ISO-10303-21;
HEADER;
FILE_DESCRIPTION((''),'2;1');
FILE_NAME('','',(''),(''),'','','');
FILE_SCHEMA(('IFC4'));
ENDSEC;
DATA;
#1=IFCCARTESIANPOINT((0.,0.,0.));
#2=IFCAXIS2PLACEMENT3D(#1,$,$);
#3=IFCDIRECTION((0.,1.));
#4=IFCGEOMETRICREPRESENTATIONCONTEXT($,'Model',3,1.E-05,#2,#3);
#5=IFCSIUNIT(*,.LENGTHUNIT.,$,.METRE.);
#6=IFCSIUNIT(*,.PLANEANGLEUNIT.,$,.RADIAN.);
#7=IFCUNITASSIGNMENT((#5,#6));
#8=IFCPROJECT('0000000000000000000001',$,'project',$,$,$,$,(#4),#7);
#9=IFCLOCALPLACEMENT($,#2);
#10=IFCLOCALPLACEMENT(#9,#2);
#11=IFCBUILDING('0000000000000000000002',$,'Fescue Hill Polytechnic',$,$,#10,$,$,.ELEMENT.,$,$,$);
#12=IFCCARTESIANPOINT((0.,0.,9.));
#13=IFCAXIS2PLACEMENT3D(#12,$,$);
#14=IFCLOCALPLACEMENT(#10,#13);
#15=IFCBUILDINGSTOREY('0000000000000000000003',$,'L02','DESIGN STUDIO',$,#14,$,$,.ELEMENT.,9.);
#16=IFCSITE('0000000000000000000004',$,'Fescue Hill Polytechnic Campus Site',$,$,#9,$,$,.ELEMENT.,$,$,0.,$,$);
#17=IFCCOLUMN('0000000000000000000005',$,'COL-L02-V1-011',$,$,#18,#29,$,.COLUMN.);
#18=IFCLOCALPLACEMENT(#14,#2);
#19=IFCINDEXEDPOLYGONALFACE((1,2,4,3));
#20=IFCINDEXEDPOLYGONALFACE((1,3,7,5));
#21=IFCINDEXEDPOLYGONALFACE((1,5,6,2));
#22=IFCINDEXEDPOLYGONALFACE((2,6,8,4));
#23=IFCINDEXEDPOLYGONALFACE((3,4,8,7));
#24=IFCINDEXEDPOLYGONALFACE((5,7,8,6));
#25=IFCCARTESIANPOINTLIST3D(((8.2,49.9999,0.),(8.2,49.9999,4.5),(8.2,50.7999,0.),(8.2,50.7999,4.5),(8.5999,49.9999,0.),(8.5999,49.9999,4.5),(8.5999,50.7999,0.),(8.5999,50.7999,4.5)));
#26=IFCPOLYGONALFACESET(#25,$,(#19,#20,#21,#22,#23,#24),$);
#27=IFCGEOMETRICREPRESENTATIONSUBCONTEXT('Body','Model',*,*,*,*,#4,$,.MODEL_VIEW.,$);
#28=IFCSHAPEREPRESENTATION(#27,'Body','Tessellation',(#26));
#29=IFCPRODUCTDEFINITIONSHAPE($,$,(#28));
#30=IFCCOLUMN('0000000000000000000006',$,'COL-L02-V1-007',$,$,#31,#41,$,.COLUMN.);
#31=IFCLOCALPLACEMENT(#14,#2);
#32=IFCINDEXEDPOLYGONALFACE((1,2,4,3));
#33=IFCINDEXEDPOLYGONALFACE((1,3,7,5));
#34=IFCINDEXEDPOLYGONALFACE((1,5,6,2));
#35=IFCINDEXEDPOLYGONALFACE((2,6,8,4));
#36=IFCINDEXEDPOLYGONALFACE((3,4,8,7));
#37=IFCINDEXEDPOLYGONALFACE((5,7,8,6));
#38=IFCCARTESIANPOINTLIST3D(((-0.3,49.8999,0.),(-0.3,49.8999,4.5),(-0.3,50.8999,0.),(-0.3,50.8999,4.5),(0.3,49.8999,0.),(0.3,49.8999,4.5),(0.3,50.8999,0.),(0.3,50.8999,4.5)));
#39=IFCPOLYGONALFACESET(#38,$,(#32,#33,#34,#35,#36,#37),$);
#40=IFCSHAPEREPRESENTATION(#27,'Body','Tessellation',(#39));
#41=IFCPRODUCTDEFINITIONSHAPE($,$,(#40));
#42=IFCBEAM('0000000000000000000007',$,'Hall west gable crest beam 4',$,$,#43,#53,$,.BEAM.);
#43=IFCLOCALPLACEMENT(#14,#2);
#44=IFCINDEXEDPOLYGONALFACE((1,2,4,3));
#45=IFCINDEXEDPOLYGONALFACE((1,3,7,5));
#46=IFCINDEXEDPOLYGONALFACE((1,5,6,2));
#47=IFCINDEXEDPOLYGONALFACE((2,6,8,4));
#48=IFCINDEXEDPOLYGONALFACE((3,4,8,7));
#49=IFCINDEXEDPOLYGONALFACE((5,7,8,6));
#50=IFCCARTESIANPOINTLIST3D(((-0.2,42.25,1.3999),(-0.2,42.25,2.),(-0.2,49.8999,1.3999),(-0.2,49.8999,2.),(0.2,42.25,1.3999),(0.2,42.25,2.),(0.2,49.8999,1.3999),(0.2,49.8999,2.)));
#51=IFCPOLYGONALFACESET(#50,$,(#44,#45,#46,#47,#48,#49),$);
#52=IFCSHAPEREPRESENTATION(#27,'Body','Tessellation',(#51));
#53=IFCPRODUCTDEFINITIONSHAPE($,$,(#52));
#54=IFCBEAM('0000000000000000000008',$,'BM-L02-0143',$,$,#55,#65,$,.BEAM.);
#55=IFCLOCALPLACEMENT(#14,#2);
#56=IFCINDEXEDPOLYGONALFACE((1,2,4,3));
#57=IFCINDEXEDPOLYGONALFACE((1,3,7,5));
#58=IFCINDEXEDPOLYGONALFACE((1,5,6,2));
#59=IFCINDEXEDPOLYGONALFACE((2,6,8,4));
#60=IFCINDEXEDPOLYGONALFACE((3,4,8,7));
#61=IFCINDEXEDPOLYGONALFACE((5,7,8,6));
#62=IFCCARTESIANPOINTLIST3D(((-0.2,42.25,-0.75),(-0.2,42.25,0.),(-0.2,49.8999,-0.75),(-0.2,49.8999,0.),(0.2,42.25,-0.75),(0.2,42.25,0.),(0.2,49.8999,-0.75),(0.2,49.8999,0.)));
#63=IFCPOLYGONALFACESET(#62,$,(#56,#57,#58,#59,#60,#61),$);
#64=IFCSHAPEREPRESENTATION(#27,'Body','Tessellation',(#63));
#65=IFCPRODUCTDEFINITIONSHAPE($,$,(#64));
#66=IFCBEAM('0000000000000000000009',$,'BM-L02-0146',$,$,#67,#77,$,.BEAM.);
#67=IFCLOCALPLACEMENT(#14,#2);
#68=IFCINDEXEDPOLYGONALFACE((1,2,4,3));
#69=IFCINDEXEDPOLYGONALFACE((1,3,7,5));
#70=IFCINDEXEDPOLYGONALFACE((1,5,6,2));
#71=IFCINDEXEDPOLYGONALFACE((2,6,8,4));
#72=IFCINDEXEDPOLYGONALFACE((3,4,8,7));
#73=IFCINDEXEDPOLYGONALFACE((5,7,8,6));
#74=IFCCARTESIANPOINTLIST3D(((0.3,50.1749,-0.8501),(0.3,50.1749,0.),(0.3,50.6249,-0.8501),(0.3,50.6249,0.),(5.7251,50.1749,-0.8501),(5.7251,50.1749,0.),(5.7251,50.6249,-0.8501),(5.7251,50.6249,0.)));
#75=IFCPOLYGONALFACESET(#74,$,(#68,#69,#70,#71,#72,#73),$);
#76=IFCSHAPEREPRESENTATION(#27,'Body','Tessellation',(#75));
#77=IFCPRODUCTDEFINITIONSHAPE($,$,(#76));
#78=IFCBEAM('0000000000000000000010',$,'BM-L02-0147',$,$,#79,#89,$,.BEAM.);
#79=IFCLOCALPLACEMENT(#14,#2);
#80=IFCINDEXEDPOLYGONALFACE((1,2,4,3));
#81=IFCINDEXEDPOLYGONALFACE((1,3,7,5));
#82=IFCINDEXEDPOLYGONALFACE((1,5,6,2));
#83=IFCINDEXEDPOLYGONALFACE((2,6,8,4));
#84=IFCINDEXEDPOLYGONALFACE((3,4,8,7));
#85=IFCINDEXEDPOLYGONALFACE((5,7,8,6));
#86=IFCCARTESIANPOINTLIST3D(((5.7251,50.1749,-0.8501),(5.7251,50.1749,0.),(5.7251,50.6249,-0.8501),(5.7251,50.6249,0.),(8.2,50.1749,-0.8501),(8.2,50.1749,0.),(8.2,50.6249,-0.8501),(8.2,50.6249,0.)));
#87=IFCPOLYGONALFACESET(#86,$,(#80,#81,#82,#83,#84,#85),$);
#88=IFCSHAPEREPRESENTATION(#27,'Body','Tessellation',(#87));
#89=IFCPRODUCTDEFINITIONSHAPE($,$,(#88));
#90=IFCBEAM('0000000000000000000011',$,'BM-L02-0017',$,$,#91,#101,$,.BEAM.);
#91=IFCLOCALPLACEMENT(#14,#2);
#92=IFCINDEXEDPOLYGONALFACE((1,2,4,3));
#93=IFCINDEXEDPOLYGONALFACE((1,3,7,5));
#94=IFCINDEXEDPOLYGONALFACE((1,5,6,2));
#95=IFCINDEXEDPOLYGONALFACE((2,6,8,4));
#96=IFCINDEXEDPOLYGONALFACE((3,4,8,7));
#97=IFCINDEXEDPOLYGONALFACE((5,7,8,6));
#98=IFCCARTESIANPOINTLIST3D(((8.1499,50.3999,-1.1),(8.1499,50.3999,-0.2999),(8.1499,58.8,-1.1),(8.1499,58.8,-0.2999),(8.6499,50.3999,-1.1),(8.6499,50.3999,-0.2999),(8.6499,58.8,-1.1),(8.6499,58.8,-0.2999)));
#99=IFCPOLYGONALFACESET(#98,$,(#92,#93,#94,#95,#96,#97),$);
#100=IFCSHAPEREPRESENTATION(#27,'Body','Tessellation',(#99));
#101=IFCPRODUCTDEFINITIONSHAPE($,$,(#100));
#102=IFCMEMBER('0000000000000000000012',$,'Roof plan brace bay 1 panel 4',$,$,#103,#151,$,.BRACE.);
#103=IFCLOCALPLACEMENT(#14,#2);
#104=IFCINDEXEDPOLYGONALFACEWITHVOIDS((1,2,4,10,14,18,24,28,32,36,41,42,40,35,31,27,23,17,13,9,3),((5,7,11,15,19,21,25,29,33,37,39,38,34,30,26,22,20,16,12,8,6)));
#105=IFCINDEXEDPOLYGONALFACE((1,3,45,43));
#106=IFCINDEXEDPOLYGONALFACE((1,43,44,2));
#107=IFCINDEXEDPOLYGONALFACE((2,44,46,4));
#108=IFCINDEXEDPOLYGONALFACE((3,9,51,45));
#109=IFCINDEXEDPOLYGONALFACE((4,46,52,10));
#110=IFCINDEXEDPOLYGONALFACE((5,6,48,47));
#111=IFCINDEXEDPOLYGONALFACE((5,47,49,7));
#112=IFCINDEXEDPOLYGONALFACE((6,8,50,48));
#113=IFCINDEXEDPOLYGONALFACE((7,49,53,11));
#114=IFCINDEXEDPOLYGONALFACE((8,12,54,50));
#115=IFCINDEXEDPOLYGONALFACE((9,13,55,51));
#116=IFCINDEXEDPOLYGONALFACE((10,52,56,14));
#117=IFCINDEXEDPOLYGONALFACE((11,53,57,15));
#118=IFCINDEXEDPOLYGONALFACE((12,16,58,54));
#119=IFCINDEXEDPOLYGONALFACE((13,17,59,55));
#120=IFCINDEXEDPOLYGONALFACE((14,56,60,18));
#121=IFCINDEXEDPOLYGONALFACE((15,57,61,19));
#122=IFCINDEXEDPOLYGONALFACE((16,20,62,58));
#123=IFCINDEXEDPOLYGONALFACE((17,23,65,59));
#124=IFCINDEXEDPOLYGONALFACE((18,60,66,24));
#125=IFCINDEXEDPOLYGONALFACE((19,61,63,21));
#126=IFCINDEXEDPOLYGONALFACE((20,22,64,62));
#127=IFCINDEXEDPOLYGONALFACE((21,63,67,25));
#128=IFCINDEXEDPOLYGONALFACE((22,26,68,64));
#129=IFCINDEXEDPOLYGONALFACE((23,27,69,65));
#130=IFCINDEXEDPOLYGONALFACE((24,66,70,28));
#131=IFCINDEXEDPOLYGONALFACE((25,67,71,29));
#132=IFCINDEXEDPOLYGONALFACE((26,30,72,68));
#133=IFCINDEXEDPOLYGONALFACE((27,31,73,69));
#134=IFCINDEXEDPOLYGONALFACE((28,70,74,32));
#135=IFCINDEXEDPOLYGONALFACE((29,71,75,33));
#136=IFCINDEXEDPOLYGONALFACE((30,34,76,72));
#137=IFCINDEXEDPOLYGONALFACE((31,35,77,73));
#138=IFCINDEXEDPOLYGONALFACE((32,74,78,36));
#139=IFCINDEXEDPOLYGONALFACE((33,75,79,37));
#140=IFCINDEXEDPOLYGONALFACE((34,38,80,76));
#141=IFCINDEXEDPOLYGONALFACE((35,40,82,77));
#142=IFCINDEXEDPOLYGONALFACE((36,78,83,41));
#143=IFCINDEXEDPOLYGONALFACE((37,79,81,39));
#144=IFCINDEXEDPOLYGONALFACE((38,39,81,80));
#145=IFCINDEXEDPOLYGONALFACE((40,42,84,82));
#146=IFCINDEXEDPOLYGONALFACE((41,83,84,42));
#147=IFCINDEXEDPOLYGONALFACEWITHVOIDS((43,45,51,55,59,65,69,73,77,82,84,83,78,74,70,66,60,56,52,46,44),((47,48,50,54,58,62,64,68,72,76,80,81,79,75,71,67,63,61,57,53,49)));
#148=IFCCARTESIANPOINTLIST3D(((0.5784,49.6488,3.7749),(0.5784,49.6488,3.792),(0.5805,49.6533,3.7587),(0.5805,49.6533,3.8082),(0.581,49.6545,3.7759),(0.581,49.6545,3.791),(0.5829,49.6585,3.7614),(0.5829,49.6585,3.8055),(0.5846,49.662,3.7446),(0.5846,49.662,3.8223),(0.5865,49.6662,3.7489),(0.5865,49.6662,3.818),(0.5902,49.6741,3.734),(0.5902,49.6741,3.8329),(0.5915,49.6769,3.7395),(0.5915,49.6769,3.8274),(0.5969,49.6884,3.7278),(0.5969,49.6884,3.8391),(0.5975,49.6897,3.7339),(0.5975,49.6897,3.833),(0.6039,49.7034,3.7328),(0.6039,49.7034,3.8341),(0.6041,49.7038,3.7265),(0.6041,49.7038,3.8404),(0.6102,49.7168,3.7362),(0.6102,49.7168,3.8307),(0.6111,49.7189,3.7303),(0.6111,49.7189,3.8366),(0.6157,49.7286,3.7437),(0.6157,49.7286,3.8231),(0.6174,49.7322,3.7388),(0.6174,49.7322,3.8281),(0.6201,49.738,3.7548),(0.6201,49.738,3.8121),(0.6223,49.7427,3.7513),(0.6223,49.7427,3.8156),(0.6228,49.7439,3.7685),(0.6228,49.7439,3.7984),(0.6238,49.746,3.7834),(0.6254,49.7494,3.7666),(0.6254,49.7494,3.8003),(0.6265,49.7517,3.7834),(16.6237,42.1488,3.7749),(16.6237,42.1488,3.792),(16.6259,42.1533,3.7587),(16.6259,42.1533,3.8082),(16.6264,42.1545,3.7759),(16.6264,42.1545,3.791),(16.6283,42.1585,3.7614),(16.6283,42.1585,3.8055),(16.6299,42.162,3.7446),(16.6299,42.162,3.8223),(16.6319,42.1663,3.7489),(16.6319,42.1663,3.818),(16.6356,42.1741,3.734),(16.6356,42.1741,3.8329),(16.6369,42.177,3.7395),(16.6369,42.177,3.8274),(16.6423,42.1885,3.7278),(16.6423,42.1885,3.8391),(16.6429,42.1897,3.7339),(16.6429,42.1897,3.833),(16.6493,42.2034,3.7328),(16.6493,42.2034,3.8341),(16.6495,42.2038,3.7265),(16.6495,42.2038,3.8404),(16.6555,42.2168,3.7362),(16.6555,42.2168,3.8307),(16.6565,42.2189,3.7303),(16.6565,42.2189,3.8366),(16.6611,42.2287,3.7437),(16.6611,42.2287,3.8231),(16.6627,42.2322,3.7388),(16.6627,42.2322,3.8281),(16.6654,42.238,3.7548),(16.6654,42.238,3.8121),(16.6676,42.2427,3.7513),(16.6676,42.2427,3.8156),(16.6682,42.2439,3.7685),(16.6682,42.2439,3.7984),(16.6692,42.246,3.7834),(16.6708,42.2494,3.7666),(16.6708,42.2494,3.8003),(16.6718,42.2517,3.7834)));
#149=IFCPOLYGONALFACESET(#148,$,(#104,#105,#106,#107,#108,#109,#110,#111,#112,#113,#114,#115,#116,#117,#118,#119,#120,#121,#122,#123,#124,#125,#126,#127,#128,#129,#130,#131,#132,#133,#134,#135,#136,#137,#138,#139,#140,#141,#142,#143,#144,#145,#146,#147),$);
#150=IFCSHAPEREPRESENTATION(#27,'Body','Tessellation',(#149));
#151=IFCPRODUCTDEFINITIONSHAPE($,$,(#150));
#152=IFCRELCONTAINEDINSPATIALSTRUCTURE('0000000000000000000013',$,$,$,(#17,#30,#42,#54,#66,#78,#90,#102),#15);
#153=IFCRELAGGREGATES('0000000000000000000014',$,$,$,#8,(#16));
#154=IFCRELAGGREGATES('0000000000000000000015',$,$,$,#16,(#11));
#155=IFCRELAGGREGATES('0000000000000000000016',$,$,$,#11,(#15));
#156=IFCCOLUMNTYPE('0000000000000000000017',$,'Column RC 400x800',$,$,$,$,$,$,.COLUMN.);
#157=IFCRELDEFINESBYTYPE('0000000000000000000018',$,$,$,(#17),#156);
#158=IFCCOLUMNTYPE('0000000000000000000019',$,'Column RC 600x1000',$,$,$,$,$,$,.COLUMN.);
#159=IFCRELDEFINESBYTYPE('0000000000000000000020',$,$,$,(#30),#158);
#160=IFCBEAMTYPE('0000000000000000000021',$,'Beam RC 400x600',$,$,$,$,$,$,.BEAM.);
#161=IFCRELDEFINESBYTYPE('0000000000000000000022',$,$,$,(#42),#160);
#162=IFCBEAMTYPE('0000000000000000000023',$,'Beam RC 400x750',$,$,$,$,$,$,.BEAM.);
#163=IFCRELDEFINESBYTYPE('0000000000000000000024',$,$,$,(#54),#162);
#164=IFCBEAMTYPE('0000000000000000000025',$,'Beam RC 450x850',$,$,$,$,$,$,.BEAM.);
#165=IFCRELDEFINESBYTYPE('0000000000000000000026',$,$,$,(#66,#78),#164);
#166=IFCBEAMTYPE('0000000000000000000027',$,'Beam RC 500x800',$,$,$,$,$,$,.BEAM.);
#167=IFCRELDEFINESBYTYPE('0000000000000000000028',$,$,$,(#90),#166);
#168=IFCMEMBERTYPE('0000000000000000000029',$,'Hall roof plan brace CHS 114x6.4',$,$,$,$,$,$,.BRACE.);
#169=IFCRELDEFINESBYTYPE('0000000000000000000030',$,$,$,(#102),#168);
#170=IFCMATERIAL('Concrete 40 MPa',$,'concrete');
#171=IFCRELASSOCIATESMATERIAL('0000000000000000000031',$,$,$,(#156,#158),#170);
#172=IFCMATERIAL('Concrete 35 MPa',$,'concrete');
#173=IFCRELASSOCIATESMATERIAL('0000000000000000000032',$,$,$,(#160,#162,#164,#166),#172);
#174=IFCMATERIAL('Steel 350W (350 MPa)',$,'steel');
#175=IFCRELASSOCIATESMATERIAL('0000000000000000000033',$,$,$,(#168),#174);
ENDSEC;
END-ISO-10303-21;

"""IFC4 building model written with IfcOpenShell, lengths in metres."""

from ifc_helpers import new_model, si_unit, direction, frame, origin, origin_2d, place, context, subcontext, project, spatial, rectangle, hollow_circle, extrude, material, material_profile, profile_set, type_object, element, save


model = new_model("IFC4")

# Units and contexts
model_context = context("Model", 3, precision=1e-05, world=origin(), true_north=direction((0.0, 1.0)))
body_context = subcontext(model_context, "Body", "Model", "MODEL_VIEW")
ifc_project = project(units=[si_unit("LENGTHUNIT", "METRE"), si_unit("PLANEANGLEUNIT", "RADIAN")], contexts=[model_context])

# Site, building, storey
site_placement = place(None, origin())
site = spatial("IfcSite", under=ifc_project, at=site_placement, Name="Fescue Hill Polytechnic Campus Site", CompositionType="ELEMENT", RefElevation=0.0)
building_placement = place(site_placement, origin())
building = spatial("IfcBuilding", under=site, at=building_placement, Name="Fescue Hill Polytechnic", CompositionType="ELEMENT")
storey_placement = place(building_placement, frame((0.0, 0.0, 9.0)))
storey = spatial("IfcBuildingStorey", under=building, at=storey_placement, Name="L02", Description="DESIGN STUDIO", CompositionType="ELEMENT", Elevation=9.0)

# Columns
ifc_material_1 = material(Name="Concrete 40 MPa", Category="concrete")
ifc_material_profile_1 = material_profile(ifc_material_1, rectangle(XDim=0.3999, YDim=0.8, at=origin_2d()), Name="RC 400x800")
ifc_profile_set_1 = profile_set([ifc_material_profile_1], Name="Concrete 40 MPa")
column_type_1 = type_object("IfcColumnType", Name="Column RC 400x800", PredefinedType="COLUMN", material=ifc_profile_set_1)
column_1_placement = place(storey_placement, frame((8.3999, 50.3999, 0.0), z_axis=(0.0, 0.0, 1.0), x_axis=(1.0, 0.0, 0.0)))
element("IfcColumn", 1, at=column_1_placement, inside=storey, type_object=column_type_1, Name="COL-L02-V1-011", PredefinedType="COLUMN", context=body_context, shape_type="SweptSolid", body=[
    extrude(rectangle(XDim=0.3999, YDim=0.8, at=origin_2d()), origin(), (0.0, 0.0, 1.0), 4.5),
])
ifc_material_profile_2 = material_profile(ifc_material_1, rectangle(XDim=0.6001, YDim=1.0, at=origin_2d()), Name="RC 600x1000")
ifc_profile_set_2 = profile_set([ifc_material_profile_2], Name="Concrete 40 MPa")
column_type_2 = type_object("IfcColumnType", Name="Column RC 600x1000", PredefinedType="COLUMN", material=ifc_profile_set_2)
column_2_placement = place(storey_placement, frame((0.0, 50.3999, 0.0), z_axis=(0.0, 0.0, 1.0), x_axis=(1.0, 0.0, 0.0)))
element("IfcColumn", 2, at=column_2_placement, inside=storey, type_object=column_type_2, Name="COL-L02-V1-007", PredefinedType="COLUMN", context=body_context, shape_type="SweptSolid", body=[
    extrude(rectangle(XDim=0.6001, YDim=1.0, at=origin_2d()), origin(), (0.0, 0.0, 1.0), 4.5),
])

# Beams
ifc_material_2 = material(Name="Concrete 35 MPa", Category="concrete")
ifc_material_profile_3 = material_profile(ifc_material_2, rectangle(XDim=0.3999, YDim=0.6001, at=origin_2d()), Name="RC 400x600")
ifc_profile_set_3 = profile_set([ifc_material_profile_3], Name="Concrete 35 MPa")
beam_type_1 = type_object("IfcBeamType", Name="Beam RC 400x600", PredefinedType="BEAM", material=ifc_profile_set_3)
beam_1_placement = place(storey_placement, frame((0.0, 42.25, 1.7), z_axis=(0.0, 1.0, 0.0), x_axis=(-1.0, 0.0, 0.0)))
element("IfcBeam", 3, at=beam_1_placement, inside=storey, type_object=beam_type_1, Name="Hall west gable crest beam 4", PredefinedType="BEAM", context=body_context, shape_type="SweptSolid", body=[
    extrude(rectangle(XDim=0.3999, YDim=0.6001, at=origin_2d()), origin(), (0.0, 0.0, 1.0), 7.6499),
])
ifc_material_profile_4 = material_profile(ifc_material_2, rectangle(XDim=0.3999, YDim=0.75, at=origin_2d()), Name="RC 400x750")
ifc_profile_set_4 = profile_set([ifc_material_profile_4], Name="Concrete 35 MPa")
beam_type_2 = type_object("IfcBeamType", Name="Beam RC 400x750", PredefinedType="BEAM", material=ifc_profile_set_4)
beam_2_placement = place(storey_placement, frame((0.0, 49.8999, -0.375), z_axis=(0.0, -1.0, 0.0), x_axis=(1.0, 0.0, 0.0)))
element("IfcBeam", 4, at=beam_2_placement, inside=storey, type_object=beam_type_2, Name="BM-L02-0143", PredefinedType="BEAM", context=body_context, shape_type="SweptSolid", body=[
    extrude(rectangle(XDim=0.3999, YDim=0.75, at=origin_2d()), origin(), (0.0, 0.0, 1.0), 7.6499),
])
ifc_material_profile_5 = material_profile(ifc_material_2, rectangle(XDim=0.45, YDim=0.8501, at=origin_2d()), Name="RC 450x850")
ifc_profile_set_5 = profile_set([ifc_material_profile_5], Name="Concrete 35 MPa")
beam_type_3 = type_object("IfcBeamType", Name="Beam RC 450x850", PredefinedType="BEAM", material=ifc_profile_set_5)
beam_3_placement = place(storey_placement, frame((0.3, 50.3999, -0.425), z_axis=(1.0, 0.0, 0.0), x_axis=(0.0, 1.0, 0.0)))
element("IfcBeam", 5, at=beam_3_placement, inside=storey, type_object=beam_type_3, Name="BM-L02-0146", PredefinedType="BEAM", context=body_context, shape_type="SweptSolid", body=[
    extrude(rectangle(XDim=0.45, YDim=0.8501, at=origin_2d()), origin(), (0.0, 0.0, 1.0), 5.425),
])
beam_4_placement = place(storey_placement, frame((5.7251, 50.3999, -0.425), z_axis=(1.0, 0.0, 0.0), x_axis=(0.0, 1.0, 0.0)))
element("IfcBeam", 6, at=beam_4_placement, inside=storey, type_object=beam_type_3, Name="BM-L02-0147", PredefinedType="BEAM", context=body_context, shape_type="SweptSolid", body=[
    extrude(rectangle(XDim=0.45, YDim=0.8501, at=origin_2d()), origin(), (0.0, 0.0, 1.0), 2.4749),
])
ifc_material_profile_6 = material_profile(ifc_material_2, rectangle(XDim=0.5, YDim=0.8, at=origin_2d()), Name="RC 500x800")
ifc_profile_set_6 = profile_set([ifc_material_profile_6], Name="Concrete 35 MPa")
beam_type_4 = type_object("IfcBeamType", Name="Beam RC 500x800", PredefinedType="BEAM", material=ifc_profile_set_6)
beam_5_placement = place(storey_placement, frame((8.3999, 50.3999, -0.7), z_axis=(0.0, 1.0, 0.0), x_axis=(-1.0, 0.0, 0.0)))
element("IfcBeam", 7, at=beam_5_placement, inside=storey, type_object=beam_type_4, Name="BM-L02-0017", PredefinedType="BEAM", context=body_context, shape_type="SweptSolid", body=[
    extrude(rectangle(XDim=0.5, YDim=0.8, at=origin_2d()), origin(), (0.0, 0.0, 1.0), 8.4001),
])

# Member
ifc_material_3 = material(Name="Steel 350W (350 MPa)", Category="steel")
ifc_material_profile_7 = material_profile(ifc_material_3, hollow_circle(Radius=0.0571, WallThickness=0.0063, at=origin_2d()), Name="Hall roof plan brace CHS 114x6.4")
ifc_profile_set_7 = profile_set([ifc_material_profile_7], Name="Steel 350W (350 MPa)")
member_type_1 = type_object("IfcMemberType", Name="Hall roof plan brace CHS 114x6.4", PredefinedType="BRACE", material=ifc_profile_set_7)
member_1_placement = place(storey_placement, frame((0.6023, 49.7, 3.7834), z_axis=(0.90592, -0.423448, 0.0), x_axis=(0.423448, 0.90592, 0.0)))
element("IfcMember", 8, at=member_1_placement, inside=storey, type_object=member_type_1, Name="Roof plan brace bay 1 panel 4", PredefinedType="BRACE", context=body_context, shape_type="SweptSolid", body=[
    extrude(hollow_circle(Radius=0.0571, WallThickness=0.0063, at=origin_2d()), origin(), (0.0, 0.0, 1.0), 17.7117),
])

save(model, "model.ifc")
